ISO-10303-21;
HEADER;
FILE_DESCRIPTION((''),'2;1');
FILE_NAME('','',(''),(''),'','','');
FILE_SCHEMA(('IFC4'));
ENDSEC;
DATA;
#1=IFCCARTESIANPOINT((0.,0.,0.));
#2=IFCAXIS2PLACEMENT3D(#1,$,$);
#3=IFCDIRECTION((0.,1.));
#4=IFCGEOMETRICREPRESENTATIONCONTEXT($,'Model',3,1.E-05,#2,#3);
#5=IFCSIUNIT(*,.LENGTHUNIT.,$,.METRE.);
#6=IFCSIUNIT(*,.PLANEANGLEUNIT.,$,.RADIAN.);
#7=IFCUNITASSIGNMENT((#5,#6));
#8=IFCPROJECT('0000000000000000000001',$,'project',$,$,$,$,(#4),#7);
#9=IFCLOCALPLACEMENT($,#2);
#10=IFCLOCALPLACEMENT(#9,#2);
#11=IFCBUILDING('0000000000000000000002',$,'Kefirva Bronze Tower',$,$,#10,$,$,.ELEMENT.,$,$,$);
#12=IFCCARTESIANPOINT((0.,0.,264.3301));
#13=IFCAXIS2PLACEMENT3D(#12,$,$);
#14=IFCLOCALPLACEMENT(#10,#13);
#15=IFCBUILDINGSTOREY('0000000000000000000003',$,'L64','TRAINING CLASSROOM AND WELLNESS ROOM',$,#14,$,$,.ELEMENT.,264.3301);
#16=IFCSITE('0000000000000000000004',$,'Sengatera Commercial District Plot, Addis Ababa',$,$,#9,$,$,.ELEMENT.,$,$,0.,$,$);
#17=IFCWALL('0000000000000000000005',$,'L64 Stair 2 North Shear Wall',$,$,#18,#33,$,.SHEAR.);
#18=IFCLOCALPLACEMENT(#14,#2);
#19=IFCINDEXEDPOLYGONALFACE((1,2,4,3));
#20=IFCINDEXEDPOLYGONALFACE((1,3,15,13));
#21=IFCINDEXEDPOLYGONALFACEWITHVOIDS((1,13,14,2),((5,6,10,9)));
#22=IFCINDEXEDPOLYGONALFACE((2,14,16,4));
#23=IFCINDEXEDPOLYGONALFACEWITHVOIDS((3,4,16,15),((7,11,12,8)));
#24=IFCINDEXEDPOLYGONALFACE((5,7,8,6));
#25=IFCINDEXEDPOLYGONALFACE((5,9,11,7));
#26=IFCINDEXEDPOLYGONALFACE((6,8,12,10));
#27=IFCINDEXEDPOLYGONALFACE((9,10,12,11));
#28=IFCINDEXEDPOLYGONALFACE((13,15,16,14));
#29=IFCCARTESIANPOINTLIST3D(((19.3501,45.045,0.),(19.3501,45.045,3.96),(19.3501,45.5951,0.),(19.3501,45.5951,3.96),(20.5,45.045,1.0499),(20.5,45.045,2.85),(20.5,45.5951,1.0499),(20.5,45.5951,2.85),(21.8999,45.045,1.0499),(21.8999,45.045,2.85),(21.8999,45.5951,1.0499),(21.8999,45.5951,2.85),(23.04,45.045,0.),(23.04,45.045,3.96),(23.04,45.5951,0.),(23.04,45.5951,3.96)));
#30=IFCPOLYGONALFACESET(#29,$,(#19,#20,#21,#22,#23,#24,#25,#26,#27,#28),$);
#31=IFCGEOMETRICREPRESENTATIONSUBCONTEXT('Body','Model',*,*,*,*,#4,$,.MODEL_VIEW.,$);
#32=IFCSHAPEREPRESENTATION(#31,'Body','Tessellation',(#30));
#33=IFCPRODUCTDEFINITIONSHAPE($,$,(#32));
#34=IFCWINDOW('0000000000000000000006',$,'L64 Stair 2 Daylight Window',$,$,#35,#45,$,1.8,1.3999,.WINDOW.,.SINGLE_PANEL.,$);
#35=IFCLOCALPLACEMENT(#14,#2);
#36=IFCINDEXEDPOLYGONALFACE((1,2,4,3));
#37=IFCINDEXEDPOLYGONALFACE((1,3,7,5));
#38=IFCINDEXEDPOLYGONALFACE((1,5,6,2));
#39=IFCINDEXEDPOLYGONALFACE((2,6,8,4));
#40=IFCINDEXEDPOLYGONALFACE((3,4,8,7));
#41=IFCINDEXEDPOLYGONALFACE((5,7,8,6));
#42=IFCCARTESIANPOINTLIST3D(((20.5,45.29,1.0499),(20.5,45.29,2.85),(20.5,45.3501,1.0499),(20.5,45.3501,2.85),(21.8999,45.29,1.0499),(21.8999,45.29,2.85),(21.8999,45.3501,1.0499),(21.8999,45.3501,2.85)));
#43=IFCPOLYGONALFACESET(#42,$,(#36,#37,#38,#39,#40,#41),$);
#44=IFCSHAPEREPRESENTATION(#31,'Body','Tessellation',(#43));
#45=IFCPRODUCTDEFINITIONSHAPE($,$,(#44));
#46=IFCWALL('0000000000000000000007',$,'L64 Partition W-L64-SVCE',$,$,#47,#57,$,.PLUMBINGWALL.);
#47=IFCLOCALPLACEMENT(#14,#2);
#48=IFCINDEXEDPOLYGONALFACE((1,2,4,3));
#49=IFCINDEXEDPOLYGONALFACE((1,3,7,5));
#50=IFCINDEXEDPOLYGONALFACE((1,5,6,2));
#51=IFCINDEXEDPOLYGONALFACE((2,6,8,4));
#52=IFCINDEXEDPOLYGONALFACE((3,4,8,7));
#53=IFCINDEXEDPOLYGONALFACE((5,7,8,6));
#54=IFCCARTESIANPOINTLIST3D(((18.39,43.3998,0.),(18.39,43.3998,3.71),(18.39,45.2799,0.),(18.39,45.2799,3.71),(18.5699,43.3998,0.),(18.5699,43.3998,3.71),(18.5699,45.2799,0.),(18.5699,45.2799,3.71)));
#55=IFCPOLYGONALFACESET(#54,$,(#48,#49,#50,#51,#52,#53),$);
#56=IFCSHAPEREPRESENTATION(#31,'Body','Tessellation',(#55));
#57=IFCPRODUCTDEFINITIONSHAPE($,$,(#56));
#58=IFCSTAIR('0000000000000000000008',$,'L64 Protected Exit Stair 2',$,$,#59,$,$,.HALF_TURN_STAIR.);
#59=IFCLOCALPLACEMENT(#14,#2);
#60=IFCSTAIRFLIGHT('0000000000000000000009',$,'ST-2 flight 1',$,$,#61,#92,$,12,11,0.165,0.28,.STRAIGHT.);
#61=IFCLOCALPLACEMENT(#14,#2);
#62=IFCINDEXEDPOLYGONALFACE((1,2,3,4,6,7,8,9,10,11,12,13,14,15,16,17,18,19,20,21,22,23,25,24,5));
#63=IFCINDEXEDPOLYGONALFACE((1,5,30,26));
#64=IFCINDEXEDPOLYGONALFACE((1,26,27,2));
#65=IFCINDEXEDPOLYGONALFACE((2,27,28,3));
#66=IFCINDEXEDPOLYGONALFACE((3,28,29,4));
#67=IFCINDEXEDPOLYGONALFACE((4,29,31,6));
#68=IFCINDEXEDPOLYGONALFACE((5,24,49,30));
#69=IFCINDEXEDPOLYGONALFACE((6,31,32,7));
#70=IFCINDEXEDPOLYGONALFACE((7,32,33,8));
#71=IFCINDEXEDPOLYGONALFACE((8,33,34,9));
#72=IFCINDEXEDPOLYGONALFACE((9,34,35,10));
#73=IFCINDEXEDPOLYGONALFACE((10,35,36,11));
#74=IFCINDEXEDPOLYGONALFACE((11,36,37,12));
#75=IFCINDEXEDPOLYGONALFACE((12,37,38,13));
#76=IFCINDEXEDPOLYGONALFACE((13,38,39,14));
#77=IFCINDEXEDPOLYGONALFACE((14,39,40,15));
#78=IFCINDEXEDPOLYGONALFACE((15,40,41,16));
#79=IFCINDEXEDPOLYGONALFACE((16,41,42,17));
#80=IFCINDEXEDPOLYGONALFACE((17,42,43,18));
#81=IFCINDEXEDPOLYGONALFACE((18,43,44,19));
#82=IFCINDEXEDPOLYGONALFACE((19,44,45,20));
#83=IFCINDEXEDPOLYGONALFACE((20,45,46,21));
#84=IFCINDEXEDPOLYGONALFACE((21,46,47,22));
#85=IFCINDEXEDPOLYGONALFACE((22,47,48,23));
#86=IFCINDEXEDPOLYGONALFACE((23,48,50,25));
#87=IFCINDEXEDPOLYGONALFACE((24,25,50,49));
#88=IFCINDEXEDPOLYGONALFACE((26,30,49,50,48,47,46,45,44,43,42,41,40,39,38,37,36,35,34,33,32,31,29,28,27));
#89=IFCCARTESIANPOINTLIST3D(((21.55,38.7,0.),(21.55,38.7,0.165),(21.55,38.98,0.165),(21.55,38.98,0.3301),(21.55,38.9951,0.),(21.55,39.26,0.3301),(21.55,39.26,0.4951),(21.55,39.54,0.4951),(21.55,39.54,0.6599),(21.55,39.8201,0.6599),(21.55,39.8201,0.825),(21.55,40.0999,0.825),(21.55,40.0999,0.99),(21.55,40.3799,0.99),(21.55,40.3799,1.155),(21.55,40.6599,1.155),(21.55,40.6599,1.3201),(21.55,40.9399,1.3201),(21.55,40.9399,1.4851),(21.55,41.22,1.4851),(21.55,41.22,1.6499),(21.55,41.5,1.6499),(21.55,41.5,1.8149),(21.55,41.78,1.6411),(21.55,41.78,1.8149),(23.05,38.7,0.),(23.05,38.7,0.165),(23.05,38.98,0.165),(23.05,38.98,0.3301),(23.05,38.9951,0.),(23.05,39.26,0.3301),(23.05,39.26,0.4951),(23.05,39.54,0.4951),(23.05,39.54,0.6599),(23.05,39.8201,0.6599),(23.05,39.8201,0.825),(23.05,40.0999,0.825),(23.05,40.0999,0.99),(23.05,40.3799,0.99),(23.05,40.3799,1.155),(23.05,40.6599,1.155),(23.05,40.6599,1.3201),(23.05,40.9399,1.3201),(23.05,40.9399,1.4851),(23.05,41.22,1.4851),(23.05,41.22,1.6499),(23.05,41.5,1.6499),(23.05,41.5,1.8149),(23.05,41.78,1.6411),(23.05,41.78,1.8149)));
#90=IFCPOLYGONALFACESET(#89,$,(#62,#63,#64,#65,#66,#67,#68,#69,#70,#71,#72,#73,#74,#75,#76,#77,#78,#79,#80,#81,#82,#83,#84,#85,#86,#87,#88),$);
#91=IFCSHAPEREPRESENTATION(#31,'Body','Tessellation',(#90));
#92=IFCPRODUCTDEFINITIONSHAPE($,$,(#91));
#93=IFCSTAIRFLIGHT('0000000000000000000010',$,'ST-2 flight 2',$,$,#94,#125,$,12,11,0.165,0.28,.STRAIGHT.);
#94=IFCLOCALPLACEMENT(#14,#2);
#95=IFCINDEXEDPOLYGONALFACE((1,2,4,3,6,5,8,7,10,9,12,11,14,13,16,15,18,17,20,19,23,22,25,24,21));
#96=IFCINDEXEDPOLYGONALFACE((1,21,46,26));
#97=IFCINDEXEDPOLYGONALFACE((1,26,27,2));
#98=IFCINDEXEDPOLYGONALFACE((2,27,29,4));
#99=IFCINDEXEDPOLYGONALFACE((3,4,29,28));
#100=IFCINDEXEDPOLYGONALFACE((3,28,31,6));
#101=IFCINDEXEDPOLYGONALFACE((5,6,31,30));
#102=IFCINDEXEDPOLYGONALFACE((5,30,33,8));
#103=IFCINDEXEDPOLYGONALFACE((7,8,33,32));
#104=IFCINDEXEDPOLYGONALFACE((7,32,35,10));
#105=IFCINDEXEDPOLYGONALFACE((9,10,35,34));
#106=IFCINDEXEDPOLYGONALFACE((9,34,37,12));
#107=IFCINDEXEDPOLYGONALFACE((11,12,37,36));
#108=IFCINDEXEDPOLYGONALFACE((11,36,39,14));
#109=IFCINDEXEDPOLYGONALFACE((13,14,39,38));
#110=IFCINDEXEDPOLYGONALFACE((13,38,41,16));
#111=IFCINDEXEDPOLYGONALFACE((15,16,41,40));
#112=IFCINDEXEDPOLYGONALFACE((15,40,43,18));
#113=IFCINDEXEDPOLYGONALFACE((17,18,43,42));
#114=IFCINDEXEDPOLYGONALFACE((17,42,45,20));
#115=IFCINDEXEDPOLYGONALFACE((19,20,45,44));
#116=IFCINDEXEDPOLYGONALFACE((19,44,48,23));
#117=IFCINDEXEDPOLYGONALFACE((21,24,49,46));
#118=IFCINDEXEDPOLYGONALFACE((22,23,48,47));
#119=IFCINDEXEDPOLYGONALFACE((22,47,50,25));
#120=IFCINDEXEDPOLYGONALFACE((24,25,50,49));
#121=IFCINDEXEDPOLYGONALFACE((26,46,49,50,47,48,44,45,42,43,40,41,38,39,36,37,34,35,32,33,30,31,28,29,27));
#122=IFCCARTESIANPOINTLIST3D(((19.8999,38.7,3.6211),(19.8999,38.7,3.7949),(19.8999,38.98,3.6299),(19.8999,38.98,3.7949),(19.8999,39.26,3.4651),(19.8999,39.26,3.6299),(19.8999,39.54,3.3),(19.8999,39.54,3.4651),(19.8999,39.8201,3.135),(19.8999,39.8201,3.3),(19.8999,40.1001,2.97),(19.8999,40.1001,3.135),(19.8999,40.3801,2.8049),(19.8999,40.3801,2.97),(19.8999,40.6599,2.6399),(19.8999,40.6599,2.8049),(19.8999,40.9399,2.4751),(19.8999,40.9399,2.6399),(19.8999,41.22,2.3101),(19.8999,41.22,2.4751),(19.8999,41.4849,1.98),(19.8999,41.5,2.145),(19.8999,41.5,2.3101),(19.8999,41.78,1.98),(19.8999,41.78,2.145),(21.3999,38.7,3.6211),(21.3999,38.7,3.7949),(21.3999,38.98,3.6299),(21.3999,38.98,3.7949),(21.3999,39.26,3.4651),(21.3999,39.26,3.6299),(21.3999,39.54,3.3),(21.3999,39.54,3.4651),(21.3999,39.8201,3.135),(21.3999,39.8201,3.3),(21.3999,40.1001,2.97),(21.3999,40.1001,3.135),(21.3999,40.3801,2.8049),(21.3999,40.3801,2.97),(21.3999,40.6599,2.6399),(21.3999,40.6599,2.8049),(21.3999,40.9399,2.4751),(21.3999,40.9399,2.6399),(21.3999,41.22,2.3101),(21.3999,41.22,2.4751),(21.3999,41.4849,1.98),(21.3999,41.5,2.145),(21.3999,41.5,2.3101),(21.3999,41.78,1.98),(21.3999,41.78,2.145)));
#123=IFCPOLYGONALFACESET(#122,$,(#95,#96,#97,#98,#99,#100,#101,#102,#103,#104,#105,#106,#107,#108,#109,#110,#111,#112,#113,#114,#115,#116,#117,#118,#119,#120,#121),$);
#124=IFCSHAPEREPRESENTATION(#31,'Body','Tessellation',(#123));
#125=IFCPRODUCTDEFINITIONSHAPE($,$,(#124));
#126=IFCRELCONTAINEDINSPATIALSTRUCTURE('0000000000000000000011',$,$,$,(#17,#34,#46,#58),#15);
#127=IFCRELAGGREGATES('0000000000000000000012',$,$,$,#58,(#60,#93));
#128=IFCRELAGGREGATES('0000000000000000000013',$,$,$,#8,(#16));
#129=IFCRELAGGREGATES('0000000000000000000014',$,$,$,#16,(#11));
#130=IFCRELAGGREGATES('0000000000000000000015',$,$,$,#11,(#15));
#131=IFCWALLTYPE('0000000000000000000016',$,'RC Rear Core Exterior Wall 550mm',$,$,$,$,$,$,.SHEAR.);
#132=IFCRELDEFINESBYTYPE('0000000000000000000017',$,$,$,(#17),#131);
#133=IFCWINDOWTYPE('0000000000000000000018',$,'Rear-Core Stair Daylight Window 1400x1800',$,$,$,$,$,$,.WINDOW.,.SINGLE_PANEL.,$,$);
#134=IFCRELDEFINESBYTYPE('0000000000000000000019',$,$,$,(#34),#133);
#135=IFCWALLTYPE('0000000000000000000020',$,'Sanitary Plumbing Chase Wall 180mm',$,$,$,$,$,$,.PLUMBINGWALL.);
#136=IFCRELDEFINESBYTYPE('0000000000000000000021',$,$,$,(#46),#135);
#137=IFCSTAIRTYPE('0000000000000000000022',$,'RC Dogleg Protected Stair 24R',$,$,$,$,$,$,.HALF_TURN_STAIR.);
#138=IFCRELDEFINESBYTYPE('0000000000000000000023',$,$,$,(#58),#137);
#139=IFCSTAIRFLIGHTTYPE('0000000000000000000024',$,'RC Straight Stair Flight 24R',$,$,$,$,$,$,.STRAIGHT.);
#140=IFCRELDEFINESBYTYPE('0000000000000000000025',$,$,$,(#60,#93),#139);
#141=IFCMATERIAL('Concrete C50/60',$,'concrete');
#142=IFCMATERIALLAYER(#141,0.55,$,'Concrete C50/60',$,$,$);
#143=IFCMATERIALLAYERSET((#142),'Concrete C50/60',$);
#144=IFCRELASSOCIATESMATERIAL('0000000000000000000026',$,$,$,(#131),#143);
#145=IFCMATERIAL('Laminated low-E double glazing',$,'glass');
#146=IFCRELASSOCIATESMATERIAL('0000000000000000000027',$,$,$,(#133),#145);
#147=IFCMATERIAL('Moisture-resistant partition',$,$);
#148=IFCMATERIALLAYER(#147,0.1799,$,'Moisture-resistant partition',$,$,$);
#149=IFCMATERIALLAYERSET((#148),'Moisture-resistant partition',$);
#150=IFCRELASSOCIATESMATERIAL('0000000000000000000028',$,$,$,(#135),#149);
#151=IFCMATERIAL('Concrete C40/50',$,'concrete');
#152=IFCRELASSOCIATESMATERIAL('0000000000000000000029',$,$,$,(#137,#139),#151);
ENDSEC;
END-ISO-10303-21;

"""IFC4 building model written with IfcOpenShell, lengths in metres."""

from ifc_helpers import new_model, si_unit, direction, frame, frame_2d, origin, place, context, subcontext, project, spatial, polyline, rectangle, outline, extrude, material, layer, layer_set, type_object, element, fill, aggregate, save


model = new_model("IFC4")

# Units and contexts
model_context = context("Model", 3, precision=1e-05, world=origin(), true_north=direction((0.0, 1.0)))
body_context = subcontext(model_context, "Body", "Model", "MODEL_VIEW")
ifc_project = project(units=[si_unit("LENGTHUNIT", "METRE"), si_unit("PLANEANGLEUNIT", "RADIAN")], contexts=[model_context])

# Site, building, storey
site_placement = place(None, origin())
site = spatial("IfcSite", under=ifc_project, at=site_placement, Name="Sengatera Commercial District Plot, Addis Ababa", CompositionType="ELEMENT", RefElevation=0.0)
building_placement = place(site_placement, origin())
building = spatial("IfcBuilding", under=site, at=building_placement, Name="Kefirva Bronze Tower", CompositionType="ELEMENT")
storey_placement = place(building_placement, frame((0.0, 0.0, 264.3301)))
storey = spatial("IfcBuildingStorey", under=building, at=storey_placement, Name="L64", Description="TRAINING CLASSROOM AND WELLNESS ROOM", CompositionType="ELEMENT", Elevation=264.3301)

# Shared definitions
ifc_material_1 = material(Name="Concrete C50/60", Category="concrete")

# Shared definitions
ifc_material_2 = material(Name="Laminated low-E double glazing", Category="glass")

# Wall, opening, window
ifc_layer_1 = layer(ifc_material_1, 0.55, Name="Concrete C50/60")
ifc_layer_set_1 = layer_set([ifc_layer_1], Name="Concrete C50/60")
wall_type_1 = type_object("IfcWallType", Name="RC Rear Core Exterior Wall 550mm", PredefinedType="SHEAR", material=ifc_layer_set_1)
wall_1_placement = place(storey_placement, frame((19.3501, 45.3201, 0.0), z_axis=(0.0, 0.0, 1.0), x_axis=(1.0, 0.0, 0.0)))
wall_1 = element("IfcWall", 1, at=wall_1_placement, inside=storey, type_object=wall_type_1, Name="L64 Stair 2 North Shear Wall", PredefinedType="SHEAR", context=body_context, shape_type="SweptSolid", body=[
    extrude(rectangle(XDim=3.6899, YDim=0.55, at=frame_2d((1.845, 0.0))), origin(), (0.0, 0.0, 1.0), 3.96),
])
opening_placement = place(wall_1_placement, frame((1.1499, 0.0, 1.05)))
opening = element("IfcOpeningElement", 2, at=opening_placement, cuts=wall_1, PredefinedType="OPENING", context=body_context, shape_type="SweptSolid", body=[
    extrude(rectangle(XDim=1.3999, YDim=1.8, at=frame_2d((0.7, 0.8999))), frame((0.0, 0.2852, 0.0), z_axis=(0.0, -1.0, 0.0), x_axis=(1.0, 0.0, 0.0)), (0.0, 0.0, 1.0), 0.5701),
])
window_type = type_object("IfcWindowType", Name="Rear-Core Stair Daylight Window 1400x1800", PartitioningType="SINGLE_PANEL", PredefinedType="WINDOW", material=ifc_material_2)
window_placement = place(opening_placement, origin())
window = element("IfcWindow", 3, at=window_placement, inside=storey, type_object=window_type, Name="L64 Stair 2 Daylight Window", OverallHeight=1.8, OverallWidth=1.3999, PartitioningType="SINGLE_PANEL", PredefinedType="WINDOW", context=body_context, shape_type="SweptSolid", body=[
    extrude(rectangle(XDim=1.3999, YDim=1.8, at=frame_2d((0.7, 0.8999))), frame((0.0, 0.03, 0.0), z_axis=(0.0, -1.0, 0.0), x_axis=(1.0, 0.0, 0.0)), (0.0, 0.0, 1.0), 0.0601),
])
fill(opening, window)

# Wall
ifc_material_3 = material(Name="Moisture-resistant partition")
ifc_layer_2 = layer(ifc_material_3, 0.1799, Name="Moisture-resistant partition")
ifc_layer_set_2 = layer_set([ifc_layer_2], Name="Moisture-resistant partition")
wall_type_2 = type_object("IfcWallType", Name="Sanitary Plumbing Chase Wall 180mm", PredefinedType="PLUMBINGWALL", material=ifc_layer_set_2)
wall_2_placement = place(storey_placement, frame((18.48, 43.3999, 0.0), z_axis=(0.0, 0.0, 1.0), x_axis=(0.0, 1.0, 0.0)))
element("IfcWall", 4, at=wall_2_placement, inside=storey, type_object=wall_type_2, Name="L64 Partition W-L64-SVCE", PredefinedType="PLUMBINGWALL", context=body_context, shape_type="SweptSolid", body=[
    extrude(rectangle(XDim=1.8801, YDim=0.1799, at=frame_2d((0.9399, 0.0))), origin(), (0.0, 0.0, 1.0), 3.71),
])

# Stair, stair flights
ifc_material_4 = material(Name="Concrete C40/50", Category="concrete")
stair_type = type_object("IfcStairType", Name="RC Dogleg Protected Stair 24R", PredefinedType="HALF_TURN_STAIR", material=ifc_material_4)
stair_placement = place(storey_placement, origin())
stair = element("IfcStair", 5, at=stair_placement, inside=storey, type_object=stair_type, Name="L64 Protected Exit Stair 2", PredefinedType="HALF_TURN_STAIR")
stair_flight_type = type_object("IfcStairFlightType", Name="RC Straight Stair Flight 24R", PredefinedType="STRAIGHT", material=ifc_material_4)
stair_flight_1_placement = place(storey_placement, frame((22.3, 38.7, 0.0), z_axis=(0.0, 0.0, 1.0), x_axis=(0.0, 1.0, 0.0)))
stair_flight_1 = element("IfcStairFlight", 6, at=stair_flight_1_placement, type_object=stair_flight_type, Name="ST-2 flight 1", NumberOfRisers=12, NumberOfTreads=11, PredefinedType="STRAIGHT", RiserHeight=0.165, TreadLength=0.28, context=body_context, shape_type="SweptSolid", body=[
    extrude(outline(polyline([(0.0, 0.0), (0.0, 0.165), (0.28, 0.165), (0.28, 0.3301), (0.5601, 0.3301), (0.5601, 0.4951), (0.8401, 0.4951), (0.8401, 0.6599), (1.1201, 0.6599), (1.1201, 0.825), (1.3999, 0.825), (1.3999, 0.99), (1.6799, 0.99), (1.6799, 1.155), (1.96, 1.155), (1.96, 1.3201), (2.24, 1.3201), (2.24, 1.4851), (2.52, 1.4851), (2.52, 1.6499), (2.8, 1.6499), (2.8, 1.8149), (3.0801, 1.8149), (3.0801, 1.98), (3.0801, 1.6411), (0.2952, 0.0), (0.0, 0.0)])), frame((0.0, 0.75, 0.0), z_axis=(0.0, -1.0, 0.0), x_axis=(1.0, 0.0, 0.0)), (0.0, 0.0, 1.0), 1.5),
])
stair_flight_2_placement = place(storey_placement, frame((20.6499, 41.78, 1.98), z_axis=(0.0, 0.0, 1.0), x_axis=(0.0, -1.0, 0.0)))
stair_flight_2 = element("IfcStairFlight", 7, at=stair_flight_2_placement, type_object=stair_flight_type, Name="ST-2 flight 2", NumberOfRisers=12, NumberOfTreads=11, PredefinedType="STRAIGHT", RiserHeight=0.165, TreadLength=0.28, context=body_context, shape_type="SweptSolid", body=[
    extrude(outline(polyline([(0.0, 0.0), (0.0, 0.165), (0.28, 0.165), (0.28, 0.3301), (0.5601, 0.3301), (0.5601, 0.4951), (0.8401, 0.4951), (0.8401, 0.6599), (1.1201, 0.6599), (1.1201, 0.825), (1.3999, 0.825), (1.3999, 0.99), (1.6799, 0.99), (1.6799, 1.155), (1.96, 1.155), (1.96, 1.3201), (2.24, 1.3201), (2.24, 1.4851), (2.52, 1.4851), (2.52, 1.6499), (2.8, 1.6499), (2.8, 1.8149), (3.0801, 1.8149), (3.0801, 1.98), (3.0801, 1.6411), (0.2952, 0.0), (0.0, 0.0)])), frame((0.0, 0.75, 0.0), z_axis=(0.0, -1.0, 0.0), x_axis=(1.0, 0.0, 0.0)), (0.0, 0.0, 1.0), 1.5),
])
aggregate(stair, [stair_flight_1, stair_flight_2])

save(model, "model.ifc")
